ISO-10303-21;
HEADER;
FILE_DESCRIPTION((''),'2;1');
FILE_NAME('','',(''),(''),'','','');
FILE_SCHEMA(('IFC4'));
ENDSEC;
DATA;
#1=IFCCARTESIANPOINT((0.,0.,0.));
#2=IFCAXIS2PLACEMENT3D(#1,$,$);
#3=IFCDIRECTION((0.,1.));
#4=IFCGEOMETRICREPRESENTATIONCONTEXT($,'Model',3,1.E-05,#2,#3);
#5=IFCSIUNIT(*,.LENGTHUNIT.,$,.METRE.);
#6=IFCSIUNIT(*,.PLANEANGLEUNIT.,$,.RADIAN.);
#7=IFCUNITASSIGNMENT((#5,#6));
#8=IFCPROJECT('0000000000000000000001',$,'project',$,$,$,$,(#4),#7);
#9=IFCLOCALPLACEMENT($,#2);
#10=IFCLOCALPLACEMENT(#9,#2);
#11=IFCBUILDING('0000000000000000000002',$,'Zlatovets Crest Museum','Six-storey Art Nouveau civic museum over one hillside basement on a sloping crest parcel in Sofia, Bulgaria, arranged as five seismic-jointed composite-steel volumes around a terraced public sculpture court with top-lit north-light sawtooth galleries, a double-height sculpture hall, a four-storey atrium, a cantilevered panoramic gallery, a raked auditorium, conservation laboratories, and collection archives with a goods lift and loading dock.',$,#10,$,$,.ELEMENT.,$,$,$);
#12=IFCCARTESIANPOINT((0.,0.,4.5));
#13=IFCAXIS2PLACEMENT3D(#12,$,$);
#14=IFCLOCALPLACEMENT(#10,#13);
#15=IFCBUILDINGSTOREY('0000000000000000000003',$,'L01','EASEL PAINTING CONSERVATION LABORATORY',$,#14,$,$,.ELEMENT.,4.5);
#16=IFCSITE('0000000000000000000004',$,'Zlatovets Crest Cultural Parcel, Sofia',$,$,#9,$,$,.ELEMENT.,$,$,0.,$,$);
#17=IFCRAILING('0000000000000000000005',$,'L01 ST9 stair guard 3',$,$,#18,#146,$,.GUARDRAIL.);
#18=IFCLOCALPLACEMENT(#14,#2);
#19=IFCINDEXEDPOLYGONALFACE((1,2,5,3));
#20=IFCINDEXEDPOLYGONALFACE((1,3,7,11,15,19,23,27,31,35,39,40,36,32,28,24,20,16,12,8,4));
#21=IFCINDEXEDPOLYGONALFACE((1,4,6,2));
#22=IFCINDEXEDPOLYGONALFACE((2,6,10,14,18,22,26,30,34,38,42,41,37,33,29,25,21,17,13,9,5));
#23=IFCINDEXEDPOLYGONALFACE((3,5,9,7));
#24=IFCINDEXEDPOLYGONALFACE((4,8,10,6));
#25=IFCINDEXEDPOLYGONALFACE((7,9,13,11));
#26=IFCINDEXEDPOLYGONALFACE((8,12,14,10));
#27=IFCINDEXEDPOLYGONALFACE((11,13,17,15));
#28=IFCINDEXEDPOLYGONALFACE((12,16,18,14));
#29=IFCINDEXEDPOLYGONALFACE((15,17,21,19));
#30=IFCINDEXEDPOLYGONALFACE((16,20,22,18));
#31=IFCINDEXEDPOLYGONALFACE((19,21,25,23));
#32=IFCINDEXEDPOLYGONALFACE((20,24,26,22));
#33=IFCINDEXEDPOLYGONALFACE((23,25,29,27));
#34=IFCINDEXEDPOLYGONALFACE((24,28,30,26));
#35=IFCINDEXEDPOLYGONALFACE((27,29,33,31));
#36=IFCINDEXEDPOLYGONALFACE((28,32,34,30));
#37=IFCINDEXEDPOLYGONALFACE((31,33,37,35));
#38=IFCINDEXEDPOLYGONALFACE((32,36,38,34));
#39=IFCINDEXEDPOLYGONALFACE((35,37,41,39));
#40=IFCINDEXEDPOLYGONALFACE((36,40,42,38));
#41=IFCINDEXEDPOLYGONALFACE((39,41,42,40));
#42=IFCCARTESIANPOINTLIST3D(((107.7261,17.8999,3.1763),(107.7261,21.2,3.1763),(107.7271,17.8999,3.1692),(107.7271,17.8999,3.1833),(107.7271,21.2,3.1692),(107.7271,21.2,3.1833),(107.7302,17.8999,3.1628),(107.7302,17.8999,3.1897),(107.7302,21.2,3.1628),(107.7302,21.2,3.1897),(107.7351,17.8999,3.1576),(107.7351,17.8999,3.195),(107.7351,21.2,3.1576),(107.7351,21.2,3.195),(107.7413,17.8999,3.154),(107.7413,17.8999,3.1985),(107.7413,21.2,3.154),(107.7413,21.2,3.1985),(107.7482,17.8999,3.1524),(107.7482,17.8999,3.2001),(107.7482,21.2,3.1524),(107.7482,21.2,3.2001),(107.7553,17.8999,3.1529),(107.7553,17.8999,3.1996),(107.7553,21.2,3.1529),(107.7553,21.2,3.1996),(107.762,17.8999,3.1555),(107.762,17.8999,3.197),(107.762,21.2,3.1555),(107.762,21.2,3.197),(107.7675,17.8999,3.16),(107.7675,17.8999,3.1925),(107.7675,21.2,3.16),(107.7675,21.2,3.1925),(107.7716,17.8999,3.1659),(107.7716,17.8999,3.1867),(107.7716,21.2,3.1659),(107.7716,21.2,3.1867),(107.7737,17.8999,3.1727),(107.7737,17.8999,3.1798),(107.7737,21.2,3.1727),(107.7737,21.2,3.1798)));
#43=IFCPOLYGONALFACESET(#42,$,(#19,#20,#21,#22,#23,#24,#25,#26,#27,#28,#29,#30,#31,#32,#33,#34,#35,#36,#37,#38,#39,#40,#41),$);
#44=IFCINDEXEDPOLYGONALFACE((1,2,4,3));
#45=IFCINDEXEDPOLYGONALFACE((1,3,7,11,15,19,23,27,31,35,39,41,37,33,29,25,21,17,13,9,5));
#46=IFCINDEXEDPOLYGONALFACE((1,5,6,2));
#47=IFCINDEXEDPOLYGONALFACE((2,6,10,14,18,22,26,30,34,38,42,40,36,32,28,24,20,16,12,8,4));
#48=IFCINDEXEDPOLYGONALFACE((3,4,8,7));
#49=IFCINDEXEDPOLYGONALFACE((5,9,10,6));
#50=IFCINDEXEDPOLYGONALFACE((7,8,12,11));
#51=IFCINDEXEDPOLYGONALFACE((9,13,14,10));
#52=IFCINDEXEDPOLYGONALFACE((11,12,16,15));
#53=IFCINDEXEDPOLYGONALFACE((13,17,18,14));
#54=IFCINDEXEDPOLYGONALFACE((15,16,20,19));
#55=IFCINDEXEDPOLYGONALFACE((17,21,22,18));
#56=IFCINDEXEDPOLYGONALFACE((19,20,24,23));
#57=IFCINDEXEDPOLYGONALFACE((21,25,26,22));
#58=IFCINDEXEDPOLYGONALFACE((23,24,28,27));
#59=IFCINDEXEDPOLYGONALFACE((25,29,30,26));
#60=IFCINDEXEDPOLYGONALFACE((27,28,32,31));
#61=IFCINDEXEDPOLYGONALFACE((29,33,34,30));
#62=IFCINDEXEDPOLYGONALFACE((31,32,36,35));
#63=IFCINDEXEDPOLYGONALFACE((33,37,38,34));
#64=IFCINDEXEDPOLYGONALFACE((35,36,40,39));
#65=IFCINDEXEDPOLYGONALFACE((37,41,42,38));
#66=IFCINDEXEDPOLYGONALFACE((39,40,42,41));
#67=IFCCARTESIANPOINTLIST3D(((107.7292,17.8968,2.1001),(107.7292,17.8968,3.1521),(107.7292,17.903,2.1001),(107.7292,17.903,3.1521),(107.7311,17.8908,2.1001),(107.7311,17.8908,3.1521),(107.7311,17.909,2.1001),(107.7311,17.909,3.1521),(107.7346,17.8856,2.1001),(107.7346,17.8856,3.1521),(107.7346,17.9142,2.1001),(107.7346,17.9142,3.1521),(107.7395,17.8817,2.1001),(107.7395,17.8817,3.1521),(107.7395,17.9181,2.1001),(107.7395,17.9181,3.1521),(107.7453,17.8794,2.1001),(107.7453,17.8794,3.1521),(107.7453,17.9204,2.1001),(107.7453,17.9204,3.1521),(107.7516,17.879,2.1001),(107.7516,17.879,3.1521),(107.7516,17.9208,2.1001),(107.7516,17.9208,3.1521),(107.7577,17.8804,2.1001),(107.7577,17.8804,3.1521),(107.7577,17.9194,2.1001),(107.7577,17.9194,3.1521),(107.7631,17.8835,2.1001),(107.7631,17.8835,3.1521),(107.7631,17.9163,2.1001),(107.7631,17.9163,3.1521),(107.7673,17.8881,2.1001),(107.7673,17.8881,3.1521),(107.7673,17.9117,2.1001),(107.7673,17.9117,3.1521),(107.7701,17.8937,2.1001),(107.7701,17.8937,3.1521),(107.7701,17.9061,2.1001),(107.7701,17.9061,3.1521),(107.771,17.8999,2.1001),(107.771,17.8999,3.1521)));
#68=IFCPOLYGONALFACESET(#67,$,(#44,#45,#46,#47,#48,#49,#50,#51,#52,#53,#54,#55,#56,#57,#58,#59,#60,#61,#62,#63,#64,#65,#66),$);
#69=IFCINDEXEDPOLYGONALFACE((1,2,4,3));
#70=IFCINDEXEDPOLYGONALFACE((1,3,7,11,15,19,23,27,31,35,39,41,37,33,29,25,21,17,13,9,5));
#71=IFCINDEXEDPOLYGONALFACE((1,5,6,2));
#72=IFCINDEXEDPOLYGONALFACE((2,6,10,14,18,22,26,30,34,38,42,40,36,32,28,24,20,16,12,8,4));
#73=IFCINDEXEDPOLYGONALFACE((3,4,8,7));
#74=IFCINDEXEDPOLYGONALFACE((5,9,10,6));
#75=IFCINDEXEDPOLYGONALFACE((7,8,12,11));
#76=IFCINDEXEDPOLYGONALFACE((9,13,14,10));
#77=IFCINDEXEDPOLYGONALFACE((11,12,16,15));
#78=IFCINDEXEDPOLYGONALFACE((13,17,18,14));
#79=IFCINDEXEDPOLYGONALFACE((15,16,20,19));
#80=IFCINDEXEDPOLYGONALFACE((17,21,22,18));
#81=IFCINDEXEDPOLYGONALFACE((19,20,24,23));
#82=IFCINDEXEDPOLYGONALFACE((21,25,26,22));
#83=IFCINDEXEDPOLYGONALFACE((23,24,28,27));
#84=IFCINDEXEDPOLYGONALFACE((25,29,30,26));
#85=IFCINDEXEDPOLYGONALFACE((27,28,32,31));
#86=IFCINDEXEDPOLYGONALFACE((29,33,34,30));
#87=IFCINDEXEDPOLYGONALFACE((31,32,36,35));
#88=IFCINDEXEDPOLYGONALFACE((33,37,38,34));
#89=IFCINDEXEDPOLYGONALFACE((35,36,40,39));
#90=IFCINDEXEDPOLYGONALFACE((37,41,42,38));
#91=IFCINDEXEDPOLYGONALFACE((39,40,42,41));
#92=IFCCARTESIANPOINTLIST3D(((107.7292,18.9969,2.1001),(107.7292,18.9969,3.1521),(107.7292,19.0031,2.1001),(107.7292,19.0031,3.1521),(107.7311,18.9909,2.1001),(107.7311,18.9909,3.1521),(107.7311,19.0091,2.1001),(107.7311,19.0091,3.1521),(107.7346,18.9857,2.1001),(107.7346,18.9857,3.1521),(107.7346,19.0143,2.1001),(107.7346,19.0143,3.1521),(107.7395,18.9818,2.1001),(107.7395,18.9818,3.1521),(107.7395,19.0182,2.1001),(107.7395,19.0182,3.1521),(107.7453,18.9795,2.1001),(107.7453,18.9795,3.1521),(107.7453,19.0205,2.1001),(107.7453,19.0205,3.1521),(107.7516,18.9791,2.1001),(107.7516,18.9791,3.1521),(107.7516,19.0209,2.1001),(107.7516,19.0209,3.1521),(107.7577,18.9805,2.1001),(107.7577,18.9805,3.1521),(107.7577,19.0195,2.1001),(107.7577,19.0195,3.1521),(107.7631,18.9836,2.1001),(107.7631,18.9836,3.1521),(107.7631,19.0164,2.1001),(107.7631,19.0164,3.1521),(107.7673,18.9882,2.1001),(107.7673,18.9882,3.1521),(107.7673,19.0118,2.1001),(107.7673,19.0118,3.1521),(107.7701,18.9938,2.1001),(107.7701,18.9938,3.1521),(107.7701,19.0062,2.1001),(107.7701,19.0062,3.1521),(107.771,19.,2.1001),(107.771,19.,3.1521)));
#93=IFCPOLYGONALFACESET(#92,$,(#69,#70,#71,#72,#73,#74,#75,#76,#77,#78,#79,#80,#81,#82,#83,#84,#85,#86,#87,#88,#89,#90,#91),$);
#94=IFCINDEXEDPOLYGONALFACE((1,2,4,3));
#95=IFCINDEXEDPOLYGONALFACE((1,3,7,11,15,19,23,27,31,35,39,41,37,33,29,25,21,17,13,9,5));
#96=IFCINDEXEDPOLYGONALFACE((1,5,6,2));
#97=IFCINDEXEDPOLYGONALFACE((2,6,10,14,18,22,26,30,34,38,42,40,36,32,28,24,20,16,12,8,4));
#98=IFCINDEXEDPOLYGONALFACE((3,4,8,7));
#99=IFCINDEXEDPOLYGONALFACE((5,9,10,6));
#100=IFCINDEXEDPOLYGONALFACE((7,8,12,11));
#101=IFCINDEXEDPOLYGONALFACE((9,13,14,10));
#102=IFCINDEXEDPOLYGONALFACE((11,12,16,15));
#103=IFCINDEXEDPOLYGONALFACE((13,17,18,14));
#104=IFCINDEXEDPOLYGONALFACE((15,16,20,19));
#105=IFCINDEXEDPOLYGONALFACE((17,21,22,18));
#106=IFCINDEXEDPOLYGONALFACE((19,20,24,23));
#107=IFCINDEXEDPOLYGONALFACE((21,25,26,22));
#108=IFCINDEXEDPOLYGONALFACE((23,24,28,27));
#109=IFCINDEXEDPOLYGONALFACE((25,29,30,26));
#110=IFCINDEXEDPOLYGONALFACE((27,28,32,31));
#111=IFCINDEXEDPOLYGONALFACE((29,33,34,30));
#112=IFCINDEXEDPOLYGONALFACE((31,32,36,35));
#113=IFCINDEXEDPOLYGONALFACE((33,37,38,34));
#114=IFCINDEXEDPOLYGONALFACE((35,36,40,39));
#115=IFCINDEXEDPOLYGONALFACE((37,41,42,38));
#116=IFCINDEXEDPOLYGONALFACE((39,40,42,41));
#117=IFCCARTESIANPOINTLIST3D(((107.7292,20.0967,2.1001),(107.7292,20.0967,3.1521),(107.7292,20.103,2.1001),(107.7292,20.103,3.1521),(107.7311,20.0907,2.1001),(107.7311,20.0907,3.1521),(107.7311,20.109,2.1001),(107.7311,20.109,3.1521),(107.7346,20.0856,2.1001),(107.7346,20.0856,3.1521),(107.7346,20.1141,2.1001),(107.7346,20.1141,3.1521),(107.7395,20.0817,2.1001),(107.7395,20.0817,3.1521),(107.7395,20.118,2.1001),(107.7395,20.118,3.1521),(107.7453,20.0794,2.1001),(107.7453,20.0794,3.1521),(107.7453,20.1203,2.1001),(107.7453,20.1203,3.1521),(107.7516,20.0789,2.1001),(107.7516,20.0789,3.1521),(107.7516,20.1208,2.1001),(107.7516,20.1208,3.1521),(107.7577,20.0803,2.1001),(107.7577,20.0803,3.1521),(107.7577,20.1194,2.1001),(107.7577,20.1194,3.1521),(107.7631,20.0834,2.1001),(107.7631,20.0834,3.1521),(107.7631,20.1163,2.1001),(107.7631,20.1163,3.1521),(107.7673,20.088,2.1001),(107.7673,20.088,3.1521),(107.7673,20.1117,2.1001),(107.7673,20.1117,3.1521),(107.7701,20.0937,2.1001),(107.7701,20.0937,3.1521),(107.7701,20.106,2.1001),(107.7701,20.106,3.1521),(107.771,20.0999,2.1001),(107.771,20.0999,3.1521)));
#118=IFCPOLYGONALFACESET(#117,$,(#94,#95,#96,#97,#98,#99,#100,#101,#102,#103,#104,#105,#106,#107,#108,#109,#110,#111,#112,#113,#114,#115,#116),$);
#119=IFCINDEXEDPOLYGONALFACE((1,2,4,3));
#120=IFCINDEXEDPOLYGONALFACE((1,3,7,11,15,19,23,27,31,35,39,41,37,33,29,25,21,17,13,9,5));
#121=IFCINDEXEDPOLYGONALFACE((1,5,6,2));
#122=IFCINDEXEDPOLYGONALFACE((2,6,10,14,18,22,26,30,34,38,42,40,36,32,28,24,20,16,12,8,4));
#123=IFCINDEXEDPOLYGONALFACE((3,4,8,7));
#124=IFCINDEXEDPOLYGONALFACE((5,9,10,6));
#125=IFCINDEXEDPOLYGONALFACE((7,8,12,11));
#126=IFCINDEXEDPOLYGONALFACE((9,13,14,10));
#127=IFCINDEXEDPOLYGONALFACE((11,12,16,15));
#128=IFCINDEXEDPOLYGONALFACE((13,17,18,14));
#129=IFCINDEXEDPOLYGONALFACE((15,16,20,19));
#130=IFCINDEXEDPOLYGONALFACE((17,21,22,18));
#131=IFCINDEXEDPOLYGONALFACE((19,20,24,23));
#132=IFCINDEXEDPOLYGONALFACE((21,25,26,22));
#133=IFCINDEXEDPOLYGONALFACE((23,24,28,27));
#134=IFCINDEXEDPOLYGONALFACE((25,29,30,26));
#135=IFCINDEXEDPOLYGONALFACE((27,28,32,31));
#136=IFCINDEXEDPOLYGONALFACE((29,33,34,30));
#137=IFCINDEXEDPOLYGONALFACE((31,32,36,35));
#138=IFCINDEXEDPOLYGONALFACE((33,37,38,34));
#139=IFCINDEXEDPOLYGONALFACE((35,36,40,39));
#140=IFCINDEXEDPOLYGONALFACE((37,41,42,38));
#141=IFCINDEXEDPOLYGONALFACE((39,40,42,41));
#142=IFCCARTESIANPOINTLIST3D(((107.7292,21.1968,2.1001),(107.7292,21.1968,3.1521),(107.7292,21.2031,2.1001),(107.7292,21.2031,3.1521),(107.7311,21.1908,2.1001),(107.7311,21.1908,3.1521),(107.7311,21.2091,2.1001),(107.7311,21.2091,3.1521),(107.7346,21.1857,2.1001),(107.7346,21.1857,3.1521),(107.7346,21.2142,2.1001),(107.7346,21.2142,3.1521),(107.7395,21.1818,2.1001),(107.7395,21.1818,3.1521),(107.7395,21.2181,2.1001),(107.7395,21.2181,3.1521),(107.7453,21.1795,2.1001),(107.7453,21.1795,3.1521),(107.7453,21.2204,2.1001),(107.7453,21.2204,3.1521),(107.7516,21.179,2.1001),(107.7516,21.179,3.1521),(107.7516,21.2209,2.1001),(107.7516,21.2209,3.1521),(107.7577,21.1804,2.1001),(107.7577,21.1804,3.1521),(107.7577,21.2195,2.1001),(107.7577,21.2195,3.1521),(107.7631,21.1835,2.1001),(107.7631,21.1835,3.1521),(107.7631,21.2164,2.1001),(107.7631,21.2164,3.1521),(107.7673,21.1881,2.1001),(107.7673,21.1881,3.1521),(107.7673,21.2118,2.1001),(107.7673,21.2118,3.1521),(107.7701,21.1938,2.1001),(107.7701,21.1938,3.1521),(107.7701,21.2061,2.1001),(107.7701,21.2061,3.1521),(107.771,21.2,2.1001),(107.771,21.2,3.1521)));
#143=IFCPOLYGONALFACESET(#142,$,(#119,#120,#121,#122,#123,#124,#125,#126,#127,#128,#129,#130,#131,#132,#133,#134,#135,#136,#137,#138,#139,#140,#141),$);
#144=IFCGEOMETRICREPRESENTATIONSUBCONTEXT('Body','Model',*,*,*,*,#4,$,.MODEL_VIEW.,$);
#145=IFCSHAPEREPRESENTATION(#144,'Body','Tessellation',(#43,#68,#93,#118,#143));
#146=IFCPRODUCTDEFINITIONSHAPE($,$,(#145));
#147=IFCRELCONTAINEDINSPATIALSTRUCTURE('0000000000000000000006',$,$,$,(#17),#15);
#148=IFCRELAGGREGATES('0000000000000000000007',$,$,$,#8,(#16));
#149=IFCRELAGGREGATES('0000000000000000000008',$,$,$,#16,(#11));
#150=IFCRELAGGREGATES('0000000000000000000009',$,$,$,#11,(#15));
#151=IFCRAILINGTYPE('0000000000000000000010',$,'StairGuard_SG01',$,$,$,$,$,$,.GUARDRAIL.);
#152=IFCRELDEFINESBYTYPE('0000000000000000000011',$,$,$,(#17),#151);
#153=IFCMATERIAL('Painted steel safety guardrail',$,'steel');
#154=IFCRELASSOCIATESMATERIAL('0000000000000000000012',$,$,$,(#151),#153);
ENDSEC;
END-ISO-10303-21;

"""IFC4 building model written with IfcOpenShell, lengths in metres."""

from ifc_helpers import new_model, si_unit, direction, frame, origin, origin_2d, place, context, subcontext, project, spatial, circle, extrude, material, type_object, element, save


model = new_model("IFC4")

# Units and contexts
model_context = context("Model", 3, precision=1e-05, world=origin(), true_north=direction((0.0, 1.0)))
body_context = subcontext(model_context, "Body", "Model", "MODEL_VIEW")
ifc_project = project(units=[si_unit("LENGTHUNIT", "METRE"), si_unit("PLANEANGLEUNIT", "RADIAN")], contexts=[model_context])

# Site, building, storey
site_placement = place(None, origin())
site = spatial("IfcSite", under=ifc_project, at=site_placement, Name="Zlatovets Crest Cultural Parcel, Sofia", CompositionType="ELEMENT", RefElevation=0.0)
building_placement = place(site_placement, origin())
building = spatial("IfcBuilding", under=site, at=building_placement, Name="Zlatovets Crest Museum", Description="Six-storey Art Nouveau civic museum over one hillside basement on a sloping crest parcel in Sofia, Bulgaria, arranged as five seismic-jointed composite-steel volumes around a terraced public sculpture court with top-lit north-light sawtooth galleries, a double-height sculpture hall, a four-storey atrium, a cantilevered panoramic gallery, a raked auditorium, conservation laboratories, and collection archives with a goods lift and loading dock.", CompositionType="ELEMENT")
storey_placement = place(building_placement, frame((0.0, 0.0, 4.5)))
storey = spatial("IfcBuildingStorey", under=building, at=storey_placement, Name="L01", Description="EASEL PAINTING CONSERVATION LABORATORY", CompositionType="ELEMENT", Elevation=4.5)

# Railing
ifc_material_1 = material(Name="Painted steel safety guardrail", Category="steel")
railing_type_1 = type_object("IfcRailingType", Name="StairGuard_SG01", PredefinedType="GUARDRAIL", material=ifc_material_1)
for number, where, name in (
    (1, (107.75, 17.8999, 2.1001), "L01 ST9 stair guard 3"),
):
    element("IfcRailing", number, at=place(storey_placement, frame(where)), inside=storey, type_object=railing_type_1, Name=name, PredefinedType="GUARDRAIL", context=body_context, shape_type="SweptSolid", body=[
        extrude(circle(Radius=0.0239, at=origin_2d()), frame((0.0, 0.0, 1.0762), z_axis=(0.0, 1.0, 0.0), x_axis=(-1.0, 0.0, 0.0)), (0.0, 0.0, 1.0), 3.3),
        extrude(circle(Radius=0.021, at=origin_2d()), origin(), (0.0, 0.0, 1.0), 1.052),
        extrude(circle(Radius=0.021, at=origin_2d()), frame((0.0, 1.1001, 0.0)), (0.0, 0.0, 1.0), 1.052),
        extrude(circle(Radius=0.021, at=origin_2d()), frame((0.0, 2.2, 0.0)), (0.0, 0.0, 1.0), 1.052),
        extrude(circle(Radius=0.021, at=origin_2d()), frame((0.0, 3.3, 0.0)), (0.0, 0.0, 1.0), 1.052),
    ])

save(model, "model.ifc")
